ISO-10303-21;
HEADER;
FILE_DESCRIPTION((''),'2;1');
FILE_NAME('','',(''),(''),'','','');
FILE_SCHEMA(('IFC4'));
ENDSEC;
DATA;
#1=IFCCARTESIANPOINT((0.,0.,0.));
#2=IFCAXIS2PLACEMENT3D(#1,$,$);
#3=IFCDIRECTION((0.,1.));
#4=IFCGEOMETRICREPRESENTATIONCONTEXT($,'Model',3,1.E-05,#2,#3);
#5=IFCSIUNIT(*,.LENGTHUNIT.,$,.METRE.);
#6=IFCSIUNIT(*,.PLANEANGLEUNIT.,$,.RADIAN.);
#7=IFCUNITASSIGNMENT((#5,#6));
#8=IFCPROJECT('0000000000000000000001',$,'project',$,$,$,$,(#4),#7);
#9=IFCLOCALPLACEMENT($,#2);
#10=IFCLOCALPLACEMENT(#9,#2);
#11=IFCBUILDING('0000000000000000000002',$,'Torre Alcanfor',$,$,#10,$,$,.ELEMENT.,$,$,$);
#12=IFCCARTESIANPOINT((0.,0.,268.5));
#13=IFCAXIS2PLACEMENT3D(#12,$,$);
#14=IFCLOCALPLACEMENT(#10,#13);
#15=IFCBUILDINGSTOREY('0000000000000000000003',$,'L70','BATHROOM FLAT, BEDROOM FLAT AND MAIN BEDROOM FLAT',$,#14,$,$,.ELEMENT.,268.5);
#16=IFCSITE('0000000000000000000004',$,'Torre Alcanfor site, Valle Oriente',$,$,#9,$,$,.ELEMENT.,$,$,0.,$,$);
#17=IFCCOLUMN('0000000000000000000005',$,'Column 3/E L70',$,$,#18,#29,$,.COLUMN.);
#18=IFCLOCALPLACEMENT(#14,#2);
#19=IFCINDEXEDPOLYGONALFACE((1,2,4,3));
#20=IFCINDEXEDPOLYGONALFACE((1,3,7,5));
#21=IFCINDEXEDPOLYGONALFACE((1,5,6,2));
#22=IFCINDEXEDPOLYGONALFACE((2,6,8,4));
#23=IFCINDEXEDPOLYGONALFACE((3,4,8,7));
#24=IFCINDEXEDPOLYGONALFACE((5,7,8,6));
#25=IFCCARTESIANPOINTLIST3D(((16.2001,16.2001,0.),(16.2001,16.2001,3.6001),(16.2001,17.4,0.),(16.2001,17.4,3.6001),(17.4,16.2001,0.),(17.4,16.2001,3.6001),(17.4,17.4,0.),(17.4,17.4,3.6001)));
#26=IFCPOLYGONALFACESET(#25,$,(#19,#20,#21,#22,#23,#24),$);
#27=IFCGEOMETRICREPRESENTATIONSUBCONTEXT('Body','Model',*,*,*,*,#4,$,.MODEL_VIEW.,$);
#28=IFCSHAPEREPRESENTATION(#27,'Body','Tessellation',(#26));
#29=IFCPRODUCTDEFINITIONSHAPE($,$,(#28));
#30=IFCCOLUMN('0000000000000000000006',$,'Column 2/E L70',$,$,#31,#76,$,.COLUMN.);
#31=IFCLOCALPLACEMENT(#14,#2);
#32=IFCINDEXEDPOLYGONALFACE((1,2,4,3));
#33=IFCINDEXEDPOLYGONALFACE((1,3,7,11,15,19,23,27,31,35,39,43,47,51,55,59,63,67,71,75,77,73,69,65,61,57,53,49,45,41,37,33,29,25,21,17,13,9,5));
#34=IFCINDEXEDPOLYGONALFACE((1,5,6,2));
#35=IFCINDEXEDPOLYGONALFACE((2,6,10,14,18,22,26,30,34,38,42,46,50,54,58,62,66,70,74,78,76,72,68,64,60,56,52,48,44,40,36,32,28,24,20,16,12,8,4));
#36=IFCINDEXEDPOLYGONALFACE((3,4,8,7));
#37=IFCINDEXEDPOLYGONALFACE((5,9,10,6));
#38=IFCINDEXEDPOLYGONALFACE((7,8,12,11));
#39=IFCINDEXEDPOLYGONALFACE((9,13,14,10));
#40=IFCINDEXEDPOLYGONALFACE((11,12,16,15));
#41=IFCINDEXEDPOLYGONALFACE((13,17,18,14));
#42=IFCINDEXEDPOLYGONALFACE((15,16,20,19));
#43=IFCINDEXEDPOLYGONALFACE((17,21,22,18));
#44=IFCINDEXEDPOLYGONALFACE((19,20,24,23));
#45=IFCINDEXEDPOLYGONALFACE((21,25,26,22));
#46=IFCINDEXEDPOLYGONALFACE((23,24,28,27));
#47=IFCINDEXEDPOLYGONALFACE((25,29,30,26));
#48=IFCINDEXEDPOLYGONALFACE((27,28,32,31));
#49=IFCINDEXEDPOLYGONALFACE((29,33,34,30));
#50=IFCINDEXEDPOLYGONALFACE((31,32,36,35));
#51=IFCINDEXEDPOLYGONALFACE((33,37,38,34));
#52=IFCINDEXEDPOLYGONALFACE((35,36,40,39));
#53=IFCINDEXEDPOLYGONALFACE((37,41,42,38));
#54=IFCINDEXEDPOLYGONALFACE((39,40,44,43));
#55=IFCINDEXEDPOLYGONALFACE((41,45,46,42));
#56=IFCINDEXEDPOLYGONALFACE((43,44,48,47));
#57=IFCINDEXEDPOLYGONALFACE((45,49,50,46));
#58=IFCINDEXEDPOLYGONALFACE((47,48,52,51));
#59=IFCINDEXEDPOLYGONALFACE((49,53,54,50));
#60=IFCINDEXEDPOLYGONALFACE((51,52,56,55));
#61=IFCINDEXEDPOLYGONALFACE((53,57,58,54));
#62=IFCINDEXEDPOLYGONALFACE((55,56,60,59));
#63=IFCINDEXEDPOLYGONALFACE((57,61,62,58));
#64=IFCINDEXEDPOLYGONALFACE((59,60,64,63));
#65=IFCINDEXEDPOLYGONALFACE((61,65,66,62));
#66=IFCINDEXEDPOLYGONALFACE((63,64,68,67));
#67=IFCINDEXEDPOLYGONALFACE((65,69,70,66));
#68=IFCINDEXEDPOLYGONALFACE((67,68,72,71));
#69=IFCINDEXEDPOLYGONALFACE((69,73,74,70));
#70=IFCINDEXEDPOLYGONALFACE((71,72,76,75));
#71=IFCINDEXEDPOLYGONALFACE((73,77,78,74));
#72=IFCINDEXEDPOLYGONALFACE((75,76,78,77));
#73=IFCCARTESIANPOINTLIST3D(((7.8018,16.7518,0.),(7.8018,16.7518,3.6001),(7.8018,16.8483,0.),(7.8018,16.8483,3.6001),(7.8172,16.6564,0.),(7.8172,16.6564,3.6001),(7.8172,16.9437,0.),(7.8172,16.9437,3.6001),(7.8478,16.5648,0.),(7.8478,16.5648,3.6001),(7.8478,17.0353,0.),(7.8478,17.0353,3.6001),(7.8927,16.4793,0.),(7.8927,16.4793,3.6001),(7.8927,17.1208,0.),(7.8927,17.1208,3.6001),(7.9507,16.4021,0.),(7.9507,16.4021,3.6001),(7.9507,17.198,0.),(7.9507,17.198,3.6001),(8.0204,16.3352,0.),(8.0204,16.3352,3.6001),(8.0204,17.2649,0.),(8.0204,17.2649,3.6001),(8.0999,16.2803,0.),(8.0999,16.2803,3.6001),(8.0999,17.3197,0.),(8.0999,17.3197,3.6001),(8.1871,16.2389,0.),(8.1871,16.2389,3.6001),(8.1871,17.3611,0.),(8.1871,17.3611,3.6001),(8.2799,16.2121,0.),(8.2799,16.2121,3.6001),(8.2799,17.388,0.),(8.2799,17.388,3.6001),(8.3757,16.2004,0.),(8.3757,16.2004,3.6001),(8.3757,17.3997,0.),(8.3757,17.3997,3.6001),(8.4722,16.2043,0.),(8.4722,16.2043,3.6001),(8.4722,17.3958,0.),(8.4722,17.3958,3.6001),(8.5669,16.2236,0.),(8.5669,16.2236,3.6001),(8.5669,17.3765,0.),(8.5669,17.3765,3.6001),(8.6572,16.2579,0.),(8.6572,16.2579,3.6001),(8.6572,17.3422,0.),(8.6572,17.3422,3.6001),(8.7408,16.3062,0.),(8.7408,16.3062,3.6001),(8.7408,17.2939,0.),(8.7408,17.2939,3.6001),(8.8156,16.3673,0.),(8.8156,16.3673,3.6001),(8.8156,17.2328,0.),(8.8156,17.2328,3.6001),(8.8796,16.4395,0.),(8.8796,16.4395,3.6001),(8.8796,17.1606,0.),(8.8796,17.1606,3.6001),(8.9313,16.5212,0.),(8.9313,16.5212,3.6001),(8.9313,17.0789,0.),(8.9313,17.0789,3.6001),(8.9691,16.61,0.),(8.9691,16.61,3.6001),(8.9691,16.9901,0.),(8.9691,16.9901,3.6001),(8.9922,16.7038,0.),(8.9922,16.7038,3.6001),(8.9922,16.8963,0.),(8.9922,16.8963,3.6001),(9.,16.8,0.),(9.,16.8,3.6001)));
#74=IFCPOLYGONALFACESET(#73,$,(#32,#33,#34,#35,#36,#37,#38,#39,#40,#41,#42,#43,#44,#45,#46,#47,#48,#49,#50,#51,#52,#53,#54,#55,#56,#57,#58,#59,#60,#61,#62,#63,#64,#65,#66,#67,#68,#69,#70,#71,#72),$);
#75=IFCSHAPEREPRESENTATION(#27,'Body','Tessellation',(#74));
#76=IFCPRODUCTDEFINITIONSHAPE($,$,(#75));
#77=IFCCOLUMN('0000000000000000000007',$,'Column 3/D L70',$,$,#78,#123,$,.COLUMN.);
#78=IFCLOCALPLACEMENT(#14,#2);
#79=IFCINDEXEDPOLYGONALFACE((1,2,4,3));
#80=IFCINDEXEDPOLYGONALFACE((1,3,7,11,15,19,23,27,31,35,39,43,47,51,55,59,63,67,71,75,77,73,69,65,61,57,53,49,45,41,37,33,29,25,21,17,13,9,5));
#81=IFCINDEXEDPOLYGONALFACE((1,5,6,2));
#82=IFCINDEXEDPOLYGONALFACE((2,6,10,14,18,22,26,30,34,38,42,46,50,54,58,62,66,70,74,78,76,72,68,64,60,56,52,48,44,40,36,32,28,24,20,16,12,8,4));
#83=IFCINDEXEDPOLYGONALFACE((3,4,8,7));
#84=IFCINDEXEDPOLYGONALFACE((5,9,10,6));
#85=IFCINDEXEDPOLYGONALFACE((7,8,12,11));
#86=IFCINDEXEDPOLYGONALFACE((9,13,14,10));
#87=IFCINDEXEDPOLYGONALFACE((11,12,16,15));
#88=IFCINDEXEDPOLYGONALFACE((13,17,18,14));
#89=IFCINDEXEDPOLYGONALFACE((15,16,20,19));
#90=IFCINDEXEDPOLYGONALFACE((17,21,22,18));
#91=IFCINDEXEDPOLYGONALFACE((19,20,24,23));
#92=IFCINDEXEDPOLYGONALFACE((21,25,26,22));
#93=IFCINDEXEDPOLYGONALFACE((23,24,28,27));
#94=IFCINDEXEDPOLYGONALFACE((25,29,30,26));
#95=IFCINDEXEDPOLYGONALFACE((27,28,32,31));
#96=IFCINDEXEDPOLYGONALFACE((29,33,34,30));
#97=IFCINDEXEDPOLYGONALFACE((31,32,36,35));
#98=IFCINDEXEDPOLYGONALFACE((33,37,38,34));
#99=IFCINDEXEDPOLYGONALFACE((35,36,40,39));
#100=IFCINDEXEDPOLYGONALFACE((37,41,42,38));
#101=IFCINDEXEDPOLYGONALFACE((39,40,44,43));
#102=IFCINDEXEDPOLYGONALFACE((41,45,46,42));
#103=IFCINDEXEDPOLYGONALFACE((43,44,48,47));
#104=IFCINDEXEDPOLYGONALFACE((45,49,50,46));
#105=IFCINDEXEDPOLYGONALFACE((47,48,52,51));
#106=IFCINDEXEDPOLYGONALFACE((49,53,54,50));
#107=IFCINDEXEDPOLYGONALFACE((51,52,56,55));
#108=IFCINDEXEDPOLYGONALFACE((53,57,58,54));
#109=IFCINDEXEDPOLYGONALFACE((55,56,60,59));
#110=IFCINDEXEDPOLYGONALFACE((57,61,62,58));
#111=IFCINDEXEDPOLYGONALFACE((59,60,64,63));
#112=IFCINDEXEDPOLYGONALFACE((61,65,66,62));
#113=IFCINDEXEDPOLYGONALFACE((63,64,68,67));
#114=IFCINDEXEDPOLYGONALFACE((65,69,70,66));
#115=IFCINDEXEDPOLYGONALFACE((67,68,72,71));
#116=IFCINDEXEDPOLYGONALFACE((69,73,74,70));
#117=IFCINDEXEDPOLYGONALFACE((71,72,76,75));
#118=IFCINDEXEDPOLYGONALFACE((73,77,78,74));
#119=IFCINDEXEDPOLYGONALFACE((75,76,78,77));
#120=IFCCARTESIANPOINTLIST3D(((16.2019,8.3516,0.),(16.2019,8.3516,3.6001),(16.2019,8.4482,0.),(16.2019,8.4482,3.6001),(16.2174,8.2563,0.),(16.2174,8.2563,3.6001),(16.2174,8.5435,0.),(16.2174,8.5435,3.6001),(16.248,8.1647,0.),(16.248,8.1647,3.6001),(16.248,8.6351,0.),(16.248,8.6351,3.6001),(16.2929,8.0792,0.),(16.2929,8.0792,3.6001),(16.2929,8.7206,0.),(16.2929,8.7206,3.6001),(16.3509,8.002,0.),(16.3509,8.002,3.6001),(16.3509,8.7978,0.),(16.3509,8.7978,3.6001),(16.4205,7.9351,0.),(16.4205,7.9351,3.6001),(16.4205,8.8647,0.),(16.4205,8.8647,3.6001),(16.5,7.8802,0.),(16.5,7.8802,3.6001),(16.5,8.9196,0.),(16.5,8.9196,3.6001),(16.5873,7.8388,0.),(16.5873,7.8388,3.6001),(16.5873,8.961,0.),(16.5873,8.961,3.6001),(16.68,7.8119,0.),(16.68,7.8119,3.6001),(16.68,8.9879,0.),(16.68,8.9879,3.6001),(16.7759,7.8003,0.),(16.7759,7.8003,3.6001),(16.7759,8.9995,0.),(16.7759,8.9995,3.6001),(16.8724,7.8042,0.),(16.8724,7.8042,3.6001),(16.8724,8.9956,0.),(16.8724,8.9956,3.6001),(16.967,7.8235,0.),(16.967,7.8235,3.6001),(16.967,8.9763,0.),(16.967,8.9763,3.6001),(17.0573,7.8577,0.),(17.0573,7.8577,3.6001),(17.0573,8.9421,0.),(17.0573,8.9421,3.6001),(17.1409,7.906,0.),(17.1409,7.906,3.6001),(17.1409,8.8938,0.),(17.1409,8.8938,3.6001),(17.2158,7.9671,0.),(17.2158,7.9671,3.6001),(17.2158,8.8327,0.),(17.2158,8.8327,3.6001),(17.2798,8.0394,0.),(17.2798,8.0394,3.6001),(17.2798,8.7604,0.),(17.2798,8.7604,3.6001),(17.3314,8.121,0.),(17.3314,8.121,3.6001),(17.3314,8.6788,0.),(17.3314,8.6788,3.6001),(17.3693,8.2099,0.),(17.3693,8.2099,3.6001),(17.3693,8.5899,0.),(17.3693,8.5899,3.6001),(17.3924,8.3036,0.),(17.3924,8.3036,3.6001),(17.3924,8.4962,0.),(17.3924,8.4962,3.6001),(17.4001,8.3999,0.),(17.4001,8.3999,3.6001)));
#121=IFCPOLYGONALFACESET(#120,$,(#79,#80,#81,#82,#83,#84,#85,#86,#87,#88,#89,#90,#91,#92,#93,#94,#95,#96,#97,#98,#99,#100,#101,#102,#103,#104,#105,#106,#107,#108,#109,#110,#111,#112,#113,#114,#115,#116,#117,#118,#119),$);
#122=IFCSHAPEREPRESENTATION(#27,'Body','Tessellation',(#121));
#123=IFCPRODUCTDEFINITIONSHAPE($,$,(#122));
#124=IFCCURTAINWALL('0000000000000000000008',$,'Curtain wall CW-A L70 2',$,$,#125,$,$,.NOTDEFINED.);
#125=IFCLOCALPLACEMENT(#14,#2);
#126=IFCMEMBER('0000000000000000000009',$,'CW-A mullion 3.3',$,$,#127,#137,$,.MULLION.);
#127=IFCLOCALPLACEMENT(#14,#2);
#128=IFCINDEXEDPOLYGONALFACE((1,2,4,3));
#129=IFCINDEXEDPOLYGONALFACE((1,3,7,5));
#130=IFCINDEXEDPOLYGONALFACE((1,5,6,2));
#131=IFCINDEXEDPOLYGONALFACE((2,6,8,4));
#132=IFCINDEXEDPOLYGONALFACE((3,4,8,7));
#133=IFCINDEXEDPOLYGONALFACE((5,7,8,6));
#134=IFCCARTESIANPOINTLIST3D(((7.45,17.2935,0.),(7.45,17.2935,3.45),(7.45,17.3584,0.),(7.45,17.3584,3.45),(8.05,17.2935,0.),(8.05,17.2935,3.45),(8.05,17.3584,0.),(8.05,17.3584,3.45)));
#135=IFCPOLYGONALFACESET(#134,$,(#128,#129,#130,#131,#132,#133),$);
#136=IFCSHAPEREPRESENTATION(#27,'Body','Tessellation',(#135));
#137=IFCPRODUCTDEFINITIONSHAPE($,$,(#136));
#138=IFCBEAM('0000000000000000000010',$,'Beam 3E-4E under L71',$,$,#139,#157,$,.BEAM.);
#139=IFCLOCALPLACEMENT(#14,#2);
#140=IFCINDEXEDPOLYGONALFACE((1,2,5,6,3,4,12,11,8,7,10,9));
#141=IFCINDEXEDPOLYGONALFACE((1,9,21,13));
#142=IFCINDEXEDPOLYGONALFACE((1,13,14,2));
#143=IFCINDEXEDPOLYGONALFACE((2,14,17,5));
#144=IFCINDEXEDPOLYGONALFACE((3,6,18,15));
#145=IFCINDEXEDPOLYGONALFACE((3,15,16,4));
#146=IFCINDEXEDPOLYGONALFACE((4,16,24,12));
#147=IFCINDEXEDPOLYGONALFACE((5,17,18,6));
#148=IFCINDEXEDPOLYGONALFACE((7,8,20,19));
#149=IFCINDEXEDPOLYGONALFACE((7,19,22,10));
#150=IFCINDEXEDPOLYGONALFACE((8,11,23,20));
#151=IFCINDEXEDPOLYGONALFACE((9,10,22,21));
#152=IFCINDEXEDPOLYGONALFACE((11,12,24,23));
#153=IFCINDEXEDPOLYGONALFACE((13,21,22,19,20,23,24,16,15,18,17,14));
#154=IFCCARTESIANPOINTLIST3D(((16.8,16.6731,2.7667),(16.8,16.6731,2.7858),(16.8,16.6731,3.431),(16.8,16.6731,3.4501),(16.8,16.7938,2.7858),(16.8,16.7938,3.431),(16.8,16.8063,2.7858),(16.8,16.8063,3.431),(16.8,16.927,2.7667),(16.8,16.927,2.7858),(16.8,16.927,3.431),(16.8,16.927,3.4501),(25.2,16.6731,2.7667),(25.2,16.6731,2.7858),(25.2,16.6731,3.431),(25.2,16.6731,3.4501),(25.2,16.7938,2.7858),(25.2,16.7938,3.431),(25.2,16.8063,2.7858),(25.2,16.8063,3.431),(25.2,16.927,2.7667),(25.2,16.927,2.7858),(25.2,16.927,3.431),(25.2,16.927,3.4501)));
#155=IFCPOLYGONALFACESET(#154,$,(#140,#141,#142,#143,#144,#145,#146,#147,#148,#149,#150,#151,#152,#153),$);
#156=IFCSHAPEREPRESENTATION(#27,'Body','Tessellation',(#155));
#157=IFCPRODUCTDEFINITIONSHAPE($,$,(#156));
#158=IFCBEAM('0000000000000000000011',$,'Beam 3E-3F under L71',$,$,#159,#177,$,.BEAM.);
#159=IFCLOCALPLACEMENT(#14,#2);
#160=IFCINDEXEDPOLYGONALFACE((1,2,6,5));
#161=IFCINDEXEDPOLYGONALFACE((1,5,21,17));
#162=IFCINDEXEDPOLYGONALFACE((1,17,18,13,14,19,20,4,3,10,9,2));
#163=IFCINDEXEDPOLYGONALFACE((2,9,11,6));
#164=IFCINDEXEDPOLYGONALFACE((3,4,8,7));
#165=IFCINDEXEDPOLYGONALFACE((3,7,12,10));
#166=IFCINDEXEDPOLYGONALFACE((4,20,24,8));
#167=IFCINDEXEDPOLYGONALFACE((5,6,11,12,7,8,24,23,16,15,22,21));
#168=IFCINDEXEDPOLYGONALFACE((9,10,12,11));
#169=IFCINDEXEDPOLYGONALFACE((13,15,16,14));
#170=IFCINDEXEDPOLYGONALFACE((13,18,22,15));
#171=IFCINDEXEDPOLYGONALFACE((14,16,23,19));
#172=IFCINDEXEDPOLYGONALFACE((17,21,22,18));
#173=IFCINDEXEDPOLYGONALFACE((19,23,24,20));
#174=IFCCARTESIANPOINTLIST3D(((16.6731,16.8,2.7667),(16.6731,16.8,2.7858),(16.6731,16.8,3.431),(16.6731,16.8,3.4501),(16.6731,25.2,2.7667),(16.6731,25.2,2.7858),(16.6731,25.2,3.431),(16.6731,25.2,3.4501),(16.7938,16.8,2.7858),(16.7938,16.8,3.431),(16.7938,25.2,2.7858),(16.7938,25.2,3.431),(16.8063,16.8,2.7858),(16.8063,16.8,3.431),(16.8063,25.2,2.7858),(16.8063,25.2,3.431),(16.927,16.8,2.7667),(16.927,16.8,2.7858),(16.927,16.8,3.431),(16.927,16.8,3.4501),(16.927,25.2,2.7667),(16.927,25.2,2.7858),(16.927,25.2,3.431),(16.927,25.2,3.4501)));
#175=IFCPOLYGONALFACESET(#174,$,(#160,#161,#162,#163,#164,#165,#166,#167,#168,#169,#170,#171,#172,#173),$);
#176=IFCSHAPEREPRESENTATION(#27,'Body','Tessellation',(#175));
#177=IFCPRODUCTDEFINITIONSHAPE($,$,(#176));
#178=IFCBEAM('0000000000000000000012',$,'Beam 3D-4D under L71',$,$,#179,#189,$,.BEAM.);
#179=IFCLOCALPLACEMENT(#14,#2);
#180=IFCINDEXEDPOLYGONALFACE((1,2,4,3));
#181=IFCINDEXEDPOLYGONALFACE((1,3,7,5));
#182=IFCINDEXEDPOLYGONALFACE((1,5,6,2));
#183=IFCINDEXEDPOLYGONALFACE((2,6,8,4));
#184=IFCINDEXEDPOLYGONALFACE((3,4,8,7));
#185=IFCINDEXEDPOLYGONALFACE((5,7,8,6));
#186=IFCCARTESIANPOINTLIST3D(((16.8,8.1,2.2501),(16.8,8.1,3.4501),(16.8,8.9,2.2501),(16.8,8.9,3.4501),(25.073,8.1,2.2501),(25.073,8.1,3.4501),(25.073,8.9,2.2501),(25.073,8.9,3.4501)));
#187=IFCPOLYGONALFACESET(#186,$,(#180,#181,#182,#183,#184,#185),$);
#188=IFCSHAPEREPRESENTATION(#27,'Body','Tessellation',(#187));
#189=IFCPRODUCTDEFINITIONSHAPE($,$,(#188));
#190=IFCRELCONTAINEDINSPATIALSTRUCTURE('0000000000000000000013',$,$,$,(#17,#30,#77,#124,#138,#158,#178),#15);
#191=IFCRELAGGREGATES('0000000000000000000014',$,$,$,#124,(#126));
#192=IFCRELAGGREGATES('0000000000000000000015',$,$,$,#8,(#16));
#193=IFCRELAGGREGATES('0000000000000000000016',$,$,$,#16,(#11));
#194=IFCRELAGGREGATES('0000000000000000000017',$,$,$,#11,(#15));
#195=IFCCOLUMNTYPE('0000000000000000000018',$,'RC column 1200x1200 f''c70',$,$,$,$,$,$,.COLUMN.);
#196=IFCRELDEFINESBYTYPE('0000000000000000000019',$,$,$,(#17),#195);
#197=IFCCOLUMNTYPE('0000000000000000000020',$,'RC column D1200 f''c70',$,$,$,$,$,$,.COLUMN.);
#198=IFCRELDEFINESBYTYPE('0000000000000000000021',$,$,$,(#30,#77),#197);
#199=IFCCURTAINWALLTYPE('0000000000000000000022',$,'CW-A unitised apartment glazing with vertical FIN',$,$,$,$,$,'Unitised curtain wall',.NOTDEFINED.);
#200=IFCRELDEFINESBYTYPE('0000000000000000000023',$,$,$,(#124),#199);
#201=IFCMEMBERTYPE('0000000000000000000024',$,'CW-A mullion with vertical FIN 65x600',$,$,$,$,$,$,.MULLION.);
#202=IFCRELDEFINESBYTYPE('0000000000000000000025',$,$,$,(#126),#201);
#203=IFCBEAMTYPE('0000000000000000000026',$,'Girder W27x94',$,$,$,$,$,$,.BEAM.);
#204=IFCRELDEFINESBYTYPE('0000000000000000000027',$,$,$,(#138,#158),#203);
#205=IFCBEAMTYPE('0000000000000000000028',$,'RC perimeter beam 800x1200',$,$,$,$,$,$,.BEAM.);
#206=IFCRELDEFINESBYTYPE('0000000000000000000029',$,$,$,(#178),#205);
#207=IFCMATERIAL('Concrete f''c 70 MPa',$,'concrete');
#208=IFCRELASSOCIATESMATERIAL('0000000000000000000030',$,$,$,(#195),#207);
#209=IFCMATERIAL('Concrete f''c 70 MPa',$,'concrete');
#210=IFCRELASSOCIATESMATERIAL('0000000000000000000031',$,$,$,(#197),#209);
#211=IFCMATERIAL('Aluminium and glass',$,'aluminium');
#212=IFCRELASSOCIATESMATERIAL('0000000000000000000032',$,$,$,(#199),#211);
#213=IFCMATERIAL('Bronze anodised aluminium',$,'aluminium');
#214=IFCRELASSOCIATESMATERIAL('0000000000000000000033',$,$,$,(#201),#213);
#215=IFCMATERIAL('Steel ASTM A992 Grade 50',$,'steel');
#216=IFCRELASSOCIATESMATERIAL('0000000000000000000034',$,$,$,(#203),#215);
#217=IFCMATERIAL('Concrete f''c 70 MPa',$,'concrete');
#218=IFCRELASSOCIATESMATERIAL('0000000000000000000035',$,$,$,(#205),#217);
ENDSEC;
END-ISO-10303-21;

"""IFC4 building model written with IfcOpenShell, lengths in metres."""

from ifc_helpers import new_model, si_unit, direction, frame, origin, origin_2d, place, context, subcontext, project, spatial, rectangle, circle, i_section, extrude, material, material_profile, profile_set, type_object, element, aggregate, save


model = new_model("IFC4")

# Units and contexts
model_context = context("Model", 3, precision=1e-05, world=origin(), true_north=direction((0.0, 1.0)))
body_context = subcontext(model_context, "Body", "Model", "MODEL_VIEW")
ifc_project = project(units=[si_unit("LENGTHUNIT", "METRE"), si_unit("PLANEANGLEUNIT", "RADIAN")], contexts=[model_context])

# Site, building, storey
site_placement = place(None, origin())
site = spatial("IfcSite", under=ifc_project, at=site_placement, Name="Torre Alcanfor site, Valle Oriente", CompositionType="ELEMENT", RefElevation=0.0)
building_placement = place(site_placement, origin())
building = spatial("IfcBuilding", under=site, at=building_placement, Name="Torre Alcanfor", CompositionType="ELEMENT")
storey_placement = place(building_placement, frame((0.0, 0.0, 268.5)))
storey = spatial("IfcBuildingStorey", under=building, at=storey_placement, Name="L70", Description="BATHROOM FLAT, BEDROOM FLAT AND MAIN BEDROOM FLAT", CompositionType="ELEMENT", Elevation=268.5)

# Columns
ifc_material_1 = material(Name="Concrete f'c 70 MPa", Category="concrete")
ifc_material_profile_1 = material_profile(ifc_material_1, rectangle(XDim=1.2, YDim=1.2, at=origin_2d()), Name="1200x1200")
ifc_profile_set_1 = profile_set([ifc_material_profile_1], Name="Concrete f'c 70 MPa")
column_type_1 = type_object("IfcColumnType", Name="RC column 1200x1200 f'c70", PredefinedType="COLUMN", material=ifc_profile_set_1)
column_placement = place(storey_placement, frame((16.8, 16.8, 0.0), z_axis=(0.0, 0.0, 1.0), x_axis=(1.0, 0.0, 0.0)))
element("IfcColumn", 1, at=column_placement, inside=storey, type_object=column_type_1, Name="Column 3/E L70", PredefinedType="COLUMN", context=body_context, shape_type="SweptSolid", body=[
    extrude(rectangle(XDim=1.2, YDim=1.2, at=origin_2d()), origin(), (0.0, 0.0, 1.0), 3.6001),
])
ifc_material_2 = material(Name="Concrete f'c 70 MPa", Category="concrete")
ifc_material_profile_2 = material_profile(ifc_material_2, circle(Radius=0.6001, at=origin_2d()), Name="D1200")
ifc_profile_set_2 = profile_set([ifc_material_profile_2], Name="Concrete f'c 70 MPa")
column_type_2 = type_object("IfcColumnType", Name="RC column D1200 f'c70", PredefinedType="COLUMN", material=ifc_profile_set_2)
for number, where, z_axis, x_axis, name in (
    (2, (8.3999, 16.8, 0.0), (0.0, 0.0, 1.0), (1.0, 0.0, 0.0), "Column 2/E L70"),
    (3, (16.8, 8.3999, 0.0), (0.0, 0.0, 1.0), (1.0, 0.0, 0.0), "Column 3/D L70"),
):
    element("IfcColumn", number, at=place(storey_placement, frame(where, z_axis=z_axis, x_axis=x_axis)), inside=storey, type_object=column_type_2, Name=name, PredefinedType="COLUMN", context=body_context, shape_type="SweptSolid", body=[
        extrude(circle(Radius=0.6001, at=origin_2d()), origin(), (0.0, 0.0, 1.0), 3.6001),
    ])

# Curtain wall, member
ifc_material_3 = material(Name="Aluminium and glass", Category="aluminium")
curtain_wall_type = type_object("IfcCurtainWallType", Name="CW-A unitised apartment glazing with vertical FIN", ElementType="Unitised curtain wall", PredefinedType="NOTDEFINED", material=ifc_material_3)
curtain_wall_placement = place(storey_placement, origin())
curtain_wall = element("IfcCurtainWall", 4, at=curtain_wall_placement, inside=storey, type_object=curtain_wall_type, Name="Curtain wall CW-A L70 2", PredefinedType="NOTDEFINED")
ifc_material_4 = material(Name="Bronze anodised aluminium", Category="aluminium")
ifc_material_profile_3 = material_profile(ifc_material_4, rectangle(XDim=0.6001, YDim=0.0649, at=origin_2d()), Name="CW-A mullion 65x600")
ifc_profile_set_3 = profile_set([ifc_material_profile_3], Name="Bronze anodised aluminium")
member_type = type_object("IfcMemberType", Name="CW-A mullion with vertical FIN 65x600", PredefinedType="MULLION", material=ifc_profile_set_3)
member_placement = place(storey_placement, frame((7.75, 17.3259, 0.0), z_axis=(0.0, 0.0, 1.0), x_axis=(1.0, 0.0, 0.0)))
member = element("IfcMember", 5, at=member_placement, type_object=member_type, Name="CW-A mullion 3.3", PredefinedType="MULLION", context=body_context, shape_type="SweptSolid", body=[
    extrude(rectangle(XDim=0.6001, YDim=0.0649, at=origin_2d()), origin(), (0.0, 0.0, 1.0), 3.45),
])
aggregate(curtain_wall, [member])

# Beams
ifc_material_5 = material(Name="Steel ASTM A992 Grade 50", Category="steel")
ifc_material_profile_4 = material_profile(ifc_material_5, i_section(OverallWidth=0.2539, OverallDepth=0.6833, WebThickness=0.0125, FlangeThickness=0.019, at=origin_2d()), Name="W27x94")
ifc_profile_set_4 = profile_set([ifc_material_profile_4], Name="Steel ASTM A992 Grade 50")
beam_type_1 = type_object("IfcBeamType", Name="Girder W27x94", PredefinedType="BEAM", material=ifc_profile_set_4)
for number, where, z_axis, x_axis, name in (
    (6, (16.8, 16.8, 3.1084), (1.0, 0.0, 0.0), (0.0, 1.0, 0.0), "Beam 3E-4E under L71"),
    (7, (16.8, 16.8, 3.1084), (0.0, 1.0, 0.0), (-1.0, 0.0, 0.0), "Beam 3E-3F under L71"),
):
    element("IfcBeam", number, at=place(storey_placement, frame(where, z_axis=z_axis, x_axis=x_axis)), inside=storey, type_object=beam_type_1, Name=name, PredefinedType="BEAM", context=body_context, shape_type="SweptSolid", body=[
        extrude(i_section(OverallWidth=0.2539, OverallDepth=0.6833, WebThickness=0.0125, FlangeThickness=0.019, at=origin_2d()), origin(), (0.0, 0.0, 1.0), 8.3999),
    ])
ifc_material_6 = material(Name="Concrete f'c 70 MPa", Category="concrete")
ifc_material_profile_5 = material_profile(ifc_material_6, rectangle(XDim=0.8, YDim=1.2, at=origin_2d()), Name="800x1200")
ifc_profile_set_5 = profile_set([ifc_material_profile_5], Name="Concrete f'c 70 MPa")
beam_type_2 = type_object("IfcBeamType", Name="RC perimeter beam 800x1200", PredefinedType="BEAM", material=ifc_profile_set_5)
beam_1_placement = place(storey_placement, frame((16.8, 8.5, 2.8501), z_axis=(1.0, 0.0, 0.0), x_axis=(0.0, 1.0, 0.0)))
element("IfcBeam", 8, at=beam_1_placement, inside=storey, type_object=beam_type_2, Name="Beam 3D-4D under L71", PredefinedType="BEAM", context=body_context, shape_type="SweptSolid", body=[
    extrude(rectangle(XDim=0.8, YDim=1.2, at=origin_2d()), origin(), (0.0, 0.0, 1.0), 8.2729),
])

save(model, "model.ifc")
